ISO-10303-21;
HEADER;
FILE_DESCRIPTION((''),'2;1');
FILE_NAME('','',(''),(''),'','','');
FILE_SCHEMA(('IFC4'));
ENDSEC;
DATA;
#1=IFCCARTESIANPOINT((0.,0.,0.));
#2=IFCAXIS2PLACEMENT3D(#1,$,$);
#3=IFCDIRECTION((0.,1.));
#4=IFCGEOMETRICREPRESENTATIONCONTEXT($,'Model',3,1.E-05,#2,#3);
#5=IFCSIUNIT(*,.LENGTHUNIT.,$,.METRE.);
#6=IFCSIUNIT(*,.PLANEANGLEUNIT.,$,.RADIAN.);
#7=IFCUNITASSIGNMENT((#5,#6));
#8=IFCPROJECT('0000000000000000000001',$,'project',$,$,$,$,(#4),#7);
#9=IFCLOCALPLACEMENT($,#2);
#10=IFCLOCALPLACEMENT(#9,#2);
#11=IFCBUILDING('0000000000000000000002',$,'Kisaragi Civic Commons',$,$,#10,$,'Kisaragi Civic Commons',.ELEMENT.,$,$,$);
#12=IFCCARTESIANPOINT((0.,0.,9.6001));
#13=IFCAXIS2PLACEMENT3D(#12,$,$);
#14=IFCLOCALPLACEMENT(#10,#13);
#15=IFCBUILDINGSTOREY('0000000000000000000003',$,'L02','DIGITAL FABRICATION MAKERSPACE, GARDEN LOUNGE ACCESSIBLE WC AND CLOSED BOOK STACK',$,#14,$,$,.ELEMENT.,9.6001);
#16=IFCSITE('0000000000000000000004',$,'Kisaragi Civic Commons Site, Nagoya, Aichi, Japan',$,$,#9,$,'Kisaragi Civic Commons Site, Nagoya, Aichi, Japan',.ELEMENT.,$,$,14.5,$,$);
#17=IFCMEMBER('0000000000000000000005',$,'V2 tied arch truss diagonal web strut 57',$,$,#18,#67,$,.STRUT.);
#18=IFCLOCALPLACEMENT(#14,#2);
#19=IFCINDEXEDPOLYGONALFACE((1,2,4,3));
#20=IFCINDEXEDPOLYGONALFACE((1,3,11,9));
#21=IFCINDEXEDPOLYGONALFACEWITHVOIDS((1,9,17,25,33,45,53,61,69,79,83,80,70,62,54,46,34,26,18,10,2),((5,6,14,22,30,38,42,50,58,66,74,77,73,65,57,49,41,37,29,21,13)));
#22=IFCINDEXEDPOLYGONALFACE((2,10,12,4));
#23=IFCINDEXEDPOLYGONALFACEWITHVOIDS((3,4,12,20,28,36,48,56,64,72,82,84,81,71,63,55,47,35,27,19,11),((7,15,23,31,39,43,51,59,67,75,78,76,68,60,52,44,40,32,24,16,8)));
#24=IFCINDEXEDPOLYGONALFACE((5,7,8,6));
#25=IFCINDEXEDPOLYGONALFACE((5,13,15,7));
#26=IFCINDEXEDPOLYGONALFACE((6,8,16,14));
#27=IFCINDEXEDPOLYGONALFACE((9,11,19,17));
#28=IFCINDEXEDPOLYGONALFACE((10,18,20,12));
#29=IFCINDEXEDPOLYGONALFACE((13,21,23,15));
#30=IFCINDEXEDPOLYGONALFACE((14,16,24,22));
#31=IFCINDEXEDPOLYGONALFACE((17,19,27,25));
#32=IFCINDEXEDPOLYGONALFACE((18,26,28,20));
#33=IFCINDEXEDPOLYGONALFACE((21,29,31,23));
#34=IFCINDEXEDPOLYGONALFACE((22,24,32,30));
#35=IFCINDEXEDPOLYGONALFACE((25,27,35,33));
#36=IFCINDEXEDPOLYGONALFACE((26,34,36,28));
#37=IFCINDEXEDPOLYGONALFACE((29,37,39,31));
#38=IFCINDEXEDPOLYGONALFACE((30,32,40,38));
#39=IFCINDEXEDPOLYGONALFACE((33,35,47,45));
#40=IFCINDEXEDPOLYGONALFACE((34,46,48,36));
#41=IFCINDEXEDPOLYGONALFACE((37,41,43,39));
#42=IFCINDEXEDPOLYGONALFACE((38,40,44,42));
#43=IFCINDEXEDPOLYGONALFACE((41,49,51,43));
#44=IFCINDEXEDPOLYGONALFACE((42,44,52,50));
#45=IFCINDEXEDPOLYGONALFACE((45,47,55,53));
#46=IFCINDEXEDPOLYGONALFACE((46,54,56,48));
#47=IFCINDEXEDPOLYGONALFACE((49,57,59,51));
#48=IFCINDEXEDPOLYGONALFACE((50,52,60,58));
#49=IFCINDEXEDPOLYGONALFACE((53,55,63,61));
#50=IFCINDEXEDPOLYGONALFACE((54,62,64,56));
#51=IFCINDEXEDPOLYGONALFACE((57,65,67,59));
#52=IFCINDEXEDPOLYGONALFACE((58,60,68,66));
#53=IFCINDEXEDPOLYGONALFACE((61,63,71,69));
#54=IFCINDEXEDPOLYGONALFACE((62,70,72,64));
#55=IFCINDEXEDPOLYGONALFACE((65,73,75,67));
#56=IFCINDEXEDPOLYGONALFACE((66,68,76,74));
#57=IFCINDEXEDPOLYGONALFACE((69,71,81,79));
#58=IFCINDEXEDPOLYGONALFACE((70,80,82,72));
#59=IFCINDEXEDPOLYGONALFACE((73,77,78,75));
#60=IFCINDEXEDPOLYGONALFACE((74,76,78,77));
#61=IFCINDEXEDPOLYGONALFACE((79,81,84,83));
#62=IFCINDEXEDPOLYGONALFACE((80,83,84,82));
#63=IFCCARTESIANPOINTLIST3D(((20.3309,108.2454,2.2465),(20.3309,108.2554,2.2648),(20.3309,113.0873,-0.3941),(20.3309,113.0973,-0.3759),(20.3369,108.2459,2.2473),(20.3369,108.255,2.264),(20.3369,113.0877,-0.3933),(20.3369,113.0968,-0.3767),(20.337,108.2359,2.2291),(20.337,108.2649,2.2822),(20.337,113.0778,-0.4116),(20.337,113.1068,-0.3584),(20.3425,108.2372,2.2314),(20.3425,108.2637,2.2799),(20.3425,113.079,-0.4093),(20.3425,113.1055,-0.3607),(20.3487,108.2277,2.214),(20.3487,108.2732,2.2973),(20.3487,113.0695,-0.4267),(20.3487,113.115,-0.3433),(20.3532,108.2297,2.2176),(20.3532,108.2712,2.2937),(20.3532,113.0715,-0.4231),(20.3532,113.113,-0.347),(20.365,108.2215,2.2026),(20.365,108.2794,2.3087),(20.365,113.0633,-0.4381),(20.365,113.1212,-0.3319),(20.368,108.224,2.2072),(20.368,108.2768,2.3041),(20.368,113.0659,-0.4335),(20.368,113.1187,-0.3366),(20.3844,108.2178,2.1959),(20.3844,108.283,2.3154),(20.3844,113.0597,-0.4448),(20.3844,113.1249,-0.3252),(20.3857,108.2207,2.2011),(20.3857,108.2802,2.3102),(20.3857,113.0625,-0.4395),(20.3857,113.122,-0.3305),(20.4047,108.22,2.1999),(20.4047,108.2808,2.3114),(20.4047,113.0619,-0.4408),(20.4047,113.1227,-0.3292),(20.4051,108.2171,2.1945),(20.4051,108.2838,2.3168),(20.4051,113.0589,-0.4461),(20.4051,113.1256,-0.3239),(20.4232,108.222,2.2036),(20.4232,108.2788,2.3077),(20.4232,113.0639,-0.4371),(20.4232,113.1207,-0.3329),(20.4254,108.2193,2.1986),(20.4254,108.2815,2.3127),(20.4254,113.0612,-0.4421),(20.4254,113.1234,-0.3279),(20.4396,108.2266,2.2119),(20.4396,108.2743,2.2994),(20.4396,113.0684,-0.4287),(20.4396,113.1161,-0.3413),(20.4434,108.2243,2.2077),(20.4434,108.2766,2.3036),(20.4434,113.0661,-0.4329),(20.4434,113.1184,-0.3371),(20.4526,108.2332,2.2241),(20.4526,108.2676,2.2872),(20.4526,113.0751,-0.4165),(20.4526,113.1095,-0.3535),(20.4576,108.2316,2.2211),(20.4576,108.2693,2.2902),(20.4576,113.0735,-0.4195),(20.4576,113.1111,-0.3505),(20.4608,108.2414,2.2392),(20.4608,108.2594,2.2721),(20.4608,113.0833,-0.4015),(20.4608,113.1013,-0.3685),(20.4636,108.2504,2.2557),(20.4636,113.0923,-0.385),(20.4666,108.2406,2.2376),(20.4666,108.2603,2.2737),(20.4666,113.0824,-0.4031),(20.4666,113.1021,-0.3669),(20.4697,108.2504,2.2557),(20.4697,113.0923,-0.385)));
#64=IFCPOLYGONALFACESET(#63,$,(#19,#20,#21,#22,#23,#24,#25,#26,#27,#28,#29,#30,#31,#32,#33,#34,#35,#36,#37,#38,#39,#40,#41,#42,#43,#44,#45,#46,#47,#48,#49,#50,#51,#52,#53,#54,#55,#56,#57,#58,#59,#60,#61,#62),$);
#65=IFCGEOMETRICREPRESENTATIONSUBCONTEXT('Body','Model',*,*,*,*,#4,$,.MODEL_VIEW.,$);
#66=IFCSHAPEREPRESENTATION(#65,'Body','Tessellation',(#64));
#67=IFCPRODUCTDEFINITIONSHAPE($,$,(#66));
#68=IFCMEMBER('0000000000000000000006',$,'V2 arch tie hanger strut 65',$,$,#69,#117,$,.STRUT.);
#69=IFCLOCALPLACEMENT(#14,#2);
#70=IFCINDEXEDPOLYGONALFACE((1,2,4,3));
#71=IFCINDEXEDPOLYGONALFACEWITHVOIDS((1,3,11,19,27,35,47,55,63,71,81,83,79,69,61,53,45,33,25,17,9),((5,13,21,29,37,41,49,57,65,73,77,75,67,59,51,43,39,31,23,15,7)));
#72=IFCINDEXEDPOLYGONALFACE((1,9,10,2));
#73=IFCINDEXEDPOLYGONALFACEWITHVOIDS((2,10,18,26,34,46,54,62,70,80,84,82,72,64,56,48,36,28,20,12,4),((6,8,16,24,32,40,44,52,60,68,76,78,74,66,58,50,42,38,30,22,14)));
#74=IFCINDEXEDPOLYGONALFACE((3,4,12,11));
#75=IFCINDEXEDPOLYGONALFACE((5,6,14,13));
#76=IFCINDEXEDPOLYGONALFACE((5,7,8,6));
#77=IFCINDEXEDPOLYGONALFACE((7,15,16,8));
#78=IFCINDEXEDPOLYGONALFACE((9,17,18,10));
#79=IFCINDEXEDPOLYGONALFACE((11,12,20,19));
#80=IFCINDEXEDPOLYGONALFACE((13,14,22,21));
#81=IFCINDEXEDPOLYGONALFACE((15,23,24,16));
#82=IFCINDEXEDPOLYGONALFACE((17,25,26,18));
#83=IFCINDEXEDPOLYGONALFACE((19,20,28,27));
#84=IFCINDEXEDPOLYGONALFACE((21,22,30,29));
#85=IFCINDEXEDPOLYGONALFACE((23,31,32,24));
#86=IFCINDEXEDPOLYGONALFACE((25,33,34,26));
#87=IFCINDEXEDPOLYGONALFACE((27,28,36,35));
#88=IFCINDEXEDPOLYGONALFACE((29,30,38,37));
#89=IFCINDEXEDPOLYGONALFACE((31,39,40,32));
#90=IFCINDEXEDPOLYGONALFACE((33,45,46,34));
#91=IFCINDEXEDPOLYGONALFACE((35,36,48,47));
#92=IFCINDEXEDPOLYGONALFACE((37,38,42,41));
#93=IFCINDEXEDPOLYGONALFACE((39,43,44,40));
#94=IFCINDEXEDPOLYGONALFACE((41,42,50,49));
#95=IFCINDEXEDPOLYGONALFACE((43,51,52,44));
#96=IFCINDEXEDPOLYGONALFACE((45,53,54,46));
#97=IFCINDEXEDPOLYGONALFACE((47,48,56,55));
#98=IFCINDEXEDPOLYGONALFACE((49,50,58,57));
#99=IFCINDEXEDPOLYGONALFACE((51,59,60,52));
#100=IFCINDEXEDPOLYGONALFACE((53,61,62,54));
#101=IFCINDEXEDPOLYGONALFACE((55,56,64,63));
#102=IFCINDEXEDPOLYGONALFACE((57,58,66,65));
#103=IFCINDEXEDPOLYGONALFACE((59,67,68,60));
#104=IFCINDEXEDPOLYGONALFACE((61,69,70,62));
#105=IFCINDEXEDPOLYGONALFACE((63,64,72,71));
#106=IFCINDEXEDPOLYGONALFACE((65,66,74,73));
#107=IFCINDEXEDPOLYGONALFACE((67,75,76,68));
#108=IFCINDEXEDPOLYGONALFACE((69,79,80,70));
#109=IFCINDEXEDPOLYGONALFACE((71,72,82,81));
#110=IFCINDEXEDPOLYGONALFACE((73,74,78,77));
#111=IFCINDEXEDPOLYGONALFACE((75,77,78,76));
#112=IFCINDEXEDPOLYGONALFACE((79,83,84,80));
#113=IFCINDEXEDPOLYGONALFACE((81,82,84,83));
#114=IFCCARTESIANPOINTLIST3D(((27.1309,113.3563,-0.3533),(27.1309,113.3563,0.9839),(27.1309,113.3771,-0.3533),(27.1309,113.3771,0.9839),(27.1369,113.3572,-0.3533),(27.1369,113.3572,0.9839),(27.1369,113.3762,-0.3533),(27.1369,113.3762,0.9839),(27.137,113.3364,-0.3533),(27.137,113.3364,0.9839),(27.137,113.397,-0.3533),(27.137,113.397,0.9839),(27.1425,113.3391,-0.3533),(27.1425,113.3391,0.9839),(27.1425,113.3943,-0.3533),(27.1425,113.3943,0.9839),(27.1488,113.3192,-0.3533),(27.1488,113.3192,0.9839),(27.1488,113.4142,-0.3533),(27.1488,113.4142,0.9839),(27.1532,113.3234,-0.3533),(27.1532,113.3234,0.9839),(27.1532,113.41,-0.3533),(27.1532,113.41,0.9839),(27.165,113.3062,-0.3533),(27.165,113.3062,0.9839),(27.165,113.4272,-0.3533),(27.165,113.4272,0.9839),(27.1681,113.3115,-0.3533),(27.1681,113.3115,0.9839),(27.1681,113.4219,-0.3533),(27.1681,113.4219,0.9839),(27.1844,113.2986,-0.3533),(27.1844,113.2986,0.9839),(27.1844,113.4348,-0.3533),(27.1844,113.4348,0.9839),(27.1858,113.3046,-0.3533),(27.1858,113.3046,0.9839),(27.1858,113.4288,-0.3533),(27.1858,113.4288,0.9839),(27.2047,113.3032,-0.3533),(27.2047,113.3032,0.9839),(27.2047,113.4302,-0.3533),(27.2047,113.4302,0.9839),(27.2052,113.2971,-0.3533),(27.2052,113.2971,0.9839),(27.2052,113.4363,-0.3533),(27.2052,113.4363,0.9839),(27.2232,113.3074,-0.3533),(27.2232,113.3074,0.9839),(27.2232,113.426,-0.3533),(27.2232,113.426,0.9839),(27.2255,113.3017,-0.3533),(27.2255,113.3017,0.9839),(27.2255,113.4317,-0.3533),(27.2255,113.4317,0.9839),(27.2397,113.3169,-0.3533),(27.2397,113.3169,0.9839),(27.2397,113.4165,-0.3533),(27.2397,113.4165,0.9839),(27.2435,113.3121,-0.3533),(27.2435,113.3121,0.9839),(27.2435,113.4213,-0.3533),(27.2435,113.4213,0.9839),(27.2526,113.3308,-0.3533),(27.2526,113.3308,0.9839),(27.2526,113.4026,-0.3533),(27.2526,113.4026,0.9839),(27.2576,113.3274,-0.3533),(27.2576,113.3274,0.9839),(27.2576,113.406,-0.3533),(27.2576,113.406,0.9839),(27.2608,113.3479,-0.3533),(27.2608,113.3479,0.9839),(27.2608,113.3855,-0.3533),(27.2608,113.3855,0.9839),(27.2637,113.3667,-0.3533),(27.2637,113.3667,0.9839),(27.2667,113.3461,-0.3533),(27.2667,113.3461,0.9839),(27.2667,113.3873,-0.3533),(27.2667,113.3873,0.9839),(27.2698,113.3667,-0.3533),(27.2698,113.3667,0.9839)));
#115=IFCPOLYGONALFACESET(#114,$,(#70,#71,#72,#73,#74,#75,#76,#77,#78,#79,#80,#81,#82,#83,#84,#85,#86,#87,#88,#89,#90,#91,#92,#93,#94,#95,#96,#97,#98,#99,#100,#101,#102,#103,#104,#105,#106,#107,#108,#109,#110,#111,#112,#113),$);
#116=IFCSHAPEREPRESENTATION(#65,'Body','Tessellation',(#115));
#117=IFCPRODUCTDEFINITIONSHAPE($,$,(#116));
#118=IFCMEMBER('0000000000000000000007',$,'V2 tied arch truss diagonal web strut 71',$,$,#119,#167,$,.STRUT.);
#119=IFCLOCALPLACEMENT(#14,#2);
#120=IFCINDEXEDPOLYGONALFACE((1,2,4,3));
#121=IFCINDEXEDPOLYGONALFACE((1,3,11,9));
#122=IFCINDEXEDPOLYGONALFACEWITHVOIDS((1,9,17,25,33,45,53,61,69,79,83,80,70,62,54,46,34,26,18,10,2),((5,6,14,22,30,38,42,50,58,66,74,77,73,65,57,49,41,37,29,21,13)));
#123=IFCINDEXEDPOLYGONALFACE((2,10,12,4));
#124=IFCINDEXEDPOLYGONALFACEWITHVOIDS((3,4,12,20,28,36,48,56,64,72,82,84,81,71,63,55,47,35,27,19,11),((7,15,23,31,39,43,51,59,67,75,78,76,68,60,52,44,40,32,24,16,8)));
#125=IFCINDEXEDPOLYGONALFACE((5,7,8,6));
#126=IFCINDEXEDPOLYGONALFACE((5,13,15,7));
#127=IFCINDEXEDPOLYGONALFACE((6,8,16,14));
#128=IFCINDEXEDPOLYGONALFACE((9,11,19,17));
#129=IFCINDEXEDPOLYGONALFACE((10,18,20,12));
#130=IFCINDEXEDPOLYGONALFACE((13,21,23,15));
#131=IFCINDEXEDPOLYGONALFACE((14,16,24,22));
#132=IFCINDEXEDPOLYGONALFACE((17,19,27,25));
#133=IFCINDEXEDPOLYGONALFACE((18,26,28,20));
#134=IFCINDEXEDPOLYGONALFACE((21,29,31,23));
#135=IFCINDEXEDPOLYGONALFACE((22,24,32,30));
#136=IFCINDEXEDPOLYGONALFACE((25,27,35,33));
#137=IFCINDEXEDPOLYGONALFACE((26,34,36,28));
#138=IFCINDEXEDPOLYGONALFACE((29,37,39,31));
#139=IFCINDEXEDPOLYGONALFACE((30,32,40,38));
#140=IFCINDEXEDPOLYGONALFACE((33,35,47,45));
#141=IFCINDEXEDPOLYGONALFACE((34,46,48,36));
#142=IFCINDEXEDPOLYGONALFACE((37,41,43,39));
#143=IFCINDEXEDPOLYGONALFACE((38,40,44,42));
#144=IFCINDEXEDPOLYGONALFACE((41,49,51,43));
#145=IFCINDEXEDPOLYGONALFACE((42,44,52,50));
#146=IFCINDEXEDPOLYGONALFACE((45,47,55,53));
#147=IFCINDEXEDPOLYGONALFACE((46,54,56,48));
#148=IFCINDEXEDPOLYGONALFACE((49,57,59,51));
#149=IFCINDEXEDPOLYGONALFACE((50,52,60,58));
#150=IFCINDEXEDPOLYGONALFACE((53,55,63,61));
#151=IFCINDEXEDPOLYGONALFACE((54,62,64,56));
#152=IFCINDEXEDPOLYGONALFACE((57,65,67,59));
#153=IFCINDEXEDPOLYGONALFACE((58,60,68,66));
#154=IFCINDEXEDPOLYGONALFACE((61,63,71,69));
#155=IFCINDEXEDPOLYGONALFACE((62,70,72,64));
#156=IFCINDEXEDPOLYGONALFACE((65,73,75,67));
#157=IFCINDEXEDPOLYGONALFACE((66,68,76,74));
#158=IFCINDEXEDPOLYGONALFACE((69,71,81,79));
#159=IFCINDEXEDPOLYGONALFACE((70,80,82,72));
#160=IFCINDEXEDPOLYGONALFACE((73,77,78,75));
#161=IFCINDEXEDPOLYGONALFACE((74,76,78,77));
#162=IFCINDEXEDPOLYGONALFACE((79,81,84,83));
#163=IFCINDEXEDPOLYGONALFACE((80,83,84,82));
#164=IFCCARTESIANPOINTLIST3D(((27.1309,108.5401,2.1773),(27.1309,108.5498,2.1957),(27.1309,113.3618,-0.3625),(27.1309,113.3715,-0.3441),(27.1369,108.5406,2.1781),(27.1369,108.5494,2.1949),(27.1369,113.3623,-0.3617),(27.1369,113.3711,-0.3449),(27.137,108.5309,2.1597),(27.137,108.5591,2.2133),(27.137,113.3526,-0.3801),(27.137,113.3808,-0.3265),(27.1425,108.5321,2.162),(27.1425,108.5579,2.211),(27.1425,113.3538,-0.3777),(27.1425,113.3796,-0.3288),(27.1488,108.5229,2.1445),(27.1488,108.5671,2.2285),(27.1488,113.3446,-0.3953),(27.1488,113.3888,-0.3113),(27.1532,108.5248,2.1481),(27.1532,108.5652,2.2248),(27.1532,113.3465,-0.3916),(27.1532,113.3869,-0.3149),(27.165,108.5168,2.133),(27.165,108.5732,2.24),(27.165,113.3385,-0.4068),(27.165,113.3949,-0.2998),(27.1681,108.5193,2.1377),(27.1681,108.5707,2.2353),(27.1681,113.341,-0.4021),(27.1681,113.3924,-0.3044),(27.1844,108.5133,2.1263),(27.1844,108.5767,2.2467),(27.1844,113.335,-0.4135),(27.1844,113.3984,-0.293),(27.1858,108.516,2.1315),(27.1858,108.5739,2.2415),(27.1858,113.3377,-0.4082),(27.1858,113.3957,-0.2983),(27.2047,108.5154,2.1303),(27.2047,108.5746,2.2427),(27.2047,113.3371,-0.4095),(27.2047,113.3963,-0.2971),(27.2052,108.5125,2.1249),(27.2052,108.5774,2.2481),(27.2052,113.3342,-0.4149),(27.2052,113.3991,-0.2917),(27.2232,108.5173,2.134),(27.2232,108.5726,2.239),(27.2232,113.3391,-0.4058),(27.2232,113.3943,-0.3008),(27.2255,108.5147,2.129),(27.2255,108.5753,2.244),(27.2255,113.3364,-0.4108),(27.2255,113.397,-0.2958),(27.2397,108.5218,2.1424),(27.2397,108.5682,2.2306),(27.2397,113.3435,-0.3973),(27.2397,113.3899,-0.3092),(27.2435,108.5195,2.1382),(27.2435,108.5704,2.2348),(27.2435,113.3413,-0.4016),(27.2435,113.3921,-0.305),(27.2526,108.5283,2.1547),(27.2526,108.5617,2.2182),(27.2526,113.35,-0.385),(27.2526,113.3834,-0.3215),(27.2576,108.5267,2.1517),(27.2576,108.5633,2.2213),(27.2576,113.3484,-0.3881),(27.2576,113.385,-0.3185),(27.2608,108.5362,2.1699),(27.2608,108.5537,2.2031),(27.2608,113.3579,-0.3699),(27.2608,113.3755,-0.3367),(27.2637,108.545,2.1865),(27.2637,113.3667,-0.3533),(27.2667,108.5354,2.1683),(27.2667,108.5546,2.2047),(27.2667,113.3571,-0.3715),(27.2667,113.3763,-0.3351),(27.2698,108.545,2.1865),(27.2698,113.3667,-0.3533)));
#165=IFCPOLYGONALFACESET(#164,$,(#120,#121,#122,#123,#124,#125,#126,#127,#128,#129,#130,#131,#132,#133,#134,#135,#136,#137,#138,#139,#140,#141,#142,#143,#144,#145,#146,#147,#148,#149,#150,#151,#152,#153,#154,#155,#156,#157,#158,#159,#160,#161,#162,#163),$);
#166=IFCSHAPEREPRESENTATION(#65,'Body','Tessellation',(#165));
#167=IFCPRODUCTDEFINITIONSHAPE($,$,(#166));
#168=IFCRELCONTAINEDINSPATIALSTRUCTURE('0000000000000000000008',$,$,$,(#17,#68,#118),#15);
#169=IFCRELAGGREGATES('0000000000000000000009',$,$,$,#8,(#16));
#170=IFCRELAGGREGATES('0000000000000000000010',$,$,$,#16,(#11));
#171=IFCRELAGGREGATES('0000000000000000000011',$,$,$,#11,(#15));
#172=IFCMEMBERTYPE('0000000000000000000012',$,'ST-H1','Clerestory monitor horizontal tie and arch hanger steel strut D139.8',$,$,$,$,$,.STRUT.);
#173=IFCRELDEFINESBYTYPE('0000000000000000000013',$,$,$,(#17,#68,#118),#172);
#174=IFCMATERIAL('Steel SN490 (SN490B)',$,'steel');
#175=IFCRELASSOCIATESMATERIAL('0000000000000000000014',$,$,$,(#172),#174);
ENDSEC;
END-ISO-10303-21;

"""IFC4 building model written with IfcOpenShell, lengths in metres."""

from ifc_helpers import new_model, si_unit, direction, frame, origin, origin_2d, place, context, subcontext, project, spatial, hollow_circle, extrude, material, material_profile, profile_set, type_object, element, save


model = new_model("IFC4")

# Units and contexts
model_context = context("Model", 3, precision=1e-05, world=origin(), true_north=direction((0.0, 1.0)))
body_context = subcontext(model_context, "Body", "Model", "MODEL_VIEW")
ifc_project = project(units=[si_unit("LENGTHUNIT", "METRE"), si_unit("PLANEANGLEUNIT", "RADIAN")], contexts=[model_context])

# Site, building, storey
site_placement = place(None, origin())
site = spatial("IfcSite", under=ifc_project, at=site_placement, Name="Kisaragi Civic Commons Site, Nagoya, Aichi, Japan", LongName="Kisaragi Civic Commons Site, Nagoya, Aichi, Japan", CompositionType="ELEMENT", RefElevation=14.5)
building_placement = place(site_placement, origin())
building = spatial("IfcBuilding", under=site, at=building_placement, Name="Kisaragi Civic Commons", LongName="Kisaragi Civic Commons", CompositionType="ELEMENT")
storey_placement = place(building_placement, frame((0.0, 0.0, 9.6001)))
storey = spatial("IfcBuildingStorey", under=building, at=storey_placement, Name="L02", Description="DIGITAL FABRICATION MAKERSPACE, GARDEN LOUNGE ACCESSIBLE WC AND CLOSED BOOK STACK", CompositionType="ELEMENT", Elevation=9.6001)

# Members
ifc_material_1 = material(Name="Steel SN490 (SN490B)", Category="steel")
ifc_material_profile_1 = material_profile(ifc_material_1, hollow_circle(Radius=0.0698, WallThickness=0.0061, at=origin_2d()), Name="CHS-139.8x6.0", Category="steel")
ifc_profile_set_1 = profile_set([ifc_material_profile_1], Name="Steel SN490 (SN490B)")
member_type_1 = type_object("IfcMemberType", Name="ST-H1", Description="Clerestory monitor horizontal tie and arch hanger steel strut D139.8", PredefinedType="STRUT", material=ifc_profile_set_1)
member_1_placement = place(storey_placement, frame((20.3999, 113.0923, -0.385), z_axis=(0.0, -0.877923, 0.478803), x_axis=(1.0, 0.0, 0.0)))
element("IfcMember", 1, at=member_1_placement, inside=storey, type_object=member_type_1, Name="V2 tied arch truss diagonal web strut 57", PredefinedType="STRUT", context=body_context, shape_type="SweptSolid", body=[
    extrude(hollow_circle(Radius=0.0698, WallThickness=0.0061, at=origin_2d()), origin(), (0.0, 0.0, 1.0), 5.5151),
])
member_2_placement = place(storey_placement, frame((27.2, 113.3667, -0.3533), z_axis=(0.0, 0.0, 1.0), x_axis=(1.0, 0.0, 0.0)))
element("IfcMember", 2, at=member_2_placement, inside=storey, type_object=member_type_1, Name="V2 arch tie hanger strut 65", PredefinedType="STRUT", context=body_context, shape_type="SweptSolid", body=[
    extrude(hollow_circle(Radius=0.0698, WallThickness=0.0061, at=origin_2d()), origin(), (0.0, 0.0, 1.0), 1.3372),
])
member_3_placement = place(storey_placement, frame((27.2, 113.3667, -0.3533), z_axis=(0.0, -0.884766, 0.466036), x_axis=(1.0, 0.0, 0.0)))
element("IfcMember", 3, at=member_3_placement, inside=storey, type_object=member_type_1, Name="V2 tied arch truss diagonal web strut 71", PredefinedType="STRUT", context=body_context, shape_type="SweptSolid", body=[
    extrude(hollow_circle(Radius=0.0698, WallThickness=0.0061, at=origin_2d()), origin(), (0.0, 0.0, 1.0), 5.4497),
])

save(model, "model.ifc")
